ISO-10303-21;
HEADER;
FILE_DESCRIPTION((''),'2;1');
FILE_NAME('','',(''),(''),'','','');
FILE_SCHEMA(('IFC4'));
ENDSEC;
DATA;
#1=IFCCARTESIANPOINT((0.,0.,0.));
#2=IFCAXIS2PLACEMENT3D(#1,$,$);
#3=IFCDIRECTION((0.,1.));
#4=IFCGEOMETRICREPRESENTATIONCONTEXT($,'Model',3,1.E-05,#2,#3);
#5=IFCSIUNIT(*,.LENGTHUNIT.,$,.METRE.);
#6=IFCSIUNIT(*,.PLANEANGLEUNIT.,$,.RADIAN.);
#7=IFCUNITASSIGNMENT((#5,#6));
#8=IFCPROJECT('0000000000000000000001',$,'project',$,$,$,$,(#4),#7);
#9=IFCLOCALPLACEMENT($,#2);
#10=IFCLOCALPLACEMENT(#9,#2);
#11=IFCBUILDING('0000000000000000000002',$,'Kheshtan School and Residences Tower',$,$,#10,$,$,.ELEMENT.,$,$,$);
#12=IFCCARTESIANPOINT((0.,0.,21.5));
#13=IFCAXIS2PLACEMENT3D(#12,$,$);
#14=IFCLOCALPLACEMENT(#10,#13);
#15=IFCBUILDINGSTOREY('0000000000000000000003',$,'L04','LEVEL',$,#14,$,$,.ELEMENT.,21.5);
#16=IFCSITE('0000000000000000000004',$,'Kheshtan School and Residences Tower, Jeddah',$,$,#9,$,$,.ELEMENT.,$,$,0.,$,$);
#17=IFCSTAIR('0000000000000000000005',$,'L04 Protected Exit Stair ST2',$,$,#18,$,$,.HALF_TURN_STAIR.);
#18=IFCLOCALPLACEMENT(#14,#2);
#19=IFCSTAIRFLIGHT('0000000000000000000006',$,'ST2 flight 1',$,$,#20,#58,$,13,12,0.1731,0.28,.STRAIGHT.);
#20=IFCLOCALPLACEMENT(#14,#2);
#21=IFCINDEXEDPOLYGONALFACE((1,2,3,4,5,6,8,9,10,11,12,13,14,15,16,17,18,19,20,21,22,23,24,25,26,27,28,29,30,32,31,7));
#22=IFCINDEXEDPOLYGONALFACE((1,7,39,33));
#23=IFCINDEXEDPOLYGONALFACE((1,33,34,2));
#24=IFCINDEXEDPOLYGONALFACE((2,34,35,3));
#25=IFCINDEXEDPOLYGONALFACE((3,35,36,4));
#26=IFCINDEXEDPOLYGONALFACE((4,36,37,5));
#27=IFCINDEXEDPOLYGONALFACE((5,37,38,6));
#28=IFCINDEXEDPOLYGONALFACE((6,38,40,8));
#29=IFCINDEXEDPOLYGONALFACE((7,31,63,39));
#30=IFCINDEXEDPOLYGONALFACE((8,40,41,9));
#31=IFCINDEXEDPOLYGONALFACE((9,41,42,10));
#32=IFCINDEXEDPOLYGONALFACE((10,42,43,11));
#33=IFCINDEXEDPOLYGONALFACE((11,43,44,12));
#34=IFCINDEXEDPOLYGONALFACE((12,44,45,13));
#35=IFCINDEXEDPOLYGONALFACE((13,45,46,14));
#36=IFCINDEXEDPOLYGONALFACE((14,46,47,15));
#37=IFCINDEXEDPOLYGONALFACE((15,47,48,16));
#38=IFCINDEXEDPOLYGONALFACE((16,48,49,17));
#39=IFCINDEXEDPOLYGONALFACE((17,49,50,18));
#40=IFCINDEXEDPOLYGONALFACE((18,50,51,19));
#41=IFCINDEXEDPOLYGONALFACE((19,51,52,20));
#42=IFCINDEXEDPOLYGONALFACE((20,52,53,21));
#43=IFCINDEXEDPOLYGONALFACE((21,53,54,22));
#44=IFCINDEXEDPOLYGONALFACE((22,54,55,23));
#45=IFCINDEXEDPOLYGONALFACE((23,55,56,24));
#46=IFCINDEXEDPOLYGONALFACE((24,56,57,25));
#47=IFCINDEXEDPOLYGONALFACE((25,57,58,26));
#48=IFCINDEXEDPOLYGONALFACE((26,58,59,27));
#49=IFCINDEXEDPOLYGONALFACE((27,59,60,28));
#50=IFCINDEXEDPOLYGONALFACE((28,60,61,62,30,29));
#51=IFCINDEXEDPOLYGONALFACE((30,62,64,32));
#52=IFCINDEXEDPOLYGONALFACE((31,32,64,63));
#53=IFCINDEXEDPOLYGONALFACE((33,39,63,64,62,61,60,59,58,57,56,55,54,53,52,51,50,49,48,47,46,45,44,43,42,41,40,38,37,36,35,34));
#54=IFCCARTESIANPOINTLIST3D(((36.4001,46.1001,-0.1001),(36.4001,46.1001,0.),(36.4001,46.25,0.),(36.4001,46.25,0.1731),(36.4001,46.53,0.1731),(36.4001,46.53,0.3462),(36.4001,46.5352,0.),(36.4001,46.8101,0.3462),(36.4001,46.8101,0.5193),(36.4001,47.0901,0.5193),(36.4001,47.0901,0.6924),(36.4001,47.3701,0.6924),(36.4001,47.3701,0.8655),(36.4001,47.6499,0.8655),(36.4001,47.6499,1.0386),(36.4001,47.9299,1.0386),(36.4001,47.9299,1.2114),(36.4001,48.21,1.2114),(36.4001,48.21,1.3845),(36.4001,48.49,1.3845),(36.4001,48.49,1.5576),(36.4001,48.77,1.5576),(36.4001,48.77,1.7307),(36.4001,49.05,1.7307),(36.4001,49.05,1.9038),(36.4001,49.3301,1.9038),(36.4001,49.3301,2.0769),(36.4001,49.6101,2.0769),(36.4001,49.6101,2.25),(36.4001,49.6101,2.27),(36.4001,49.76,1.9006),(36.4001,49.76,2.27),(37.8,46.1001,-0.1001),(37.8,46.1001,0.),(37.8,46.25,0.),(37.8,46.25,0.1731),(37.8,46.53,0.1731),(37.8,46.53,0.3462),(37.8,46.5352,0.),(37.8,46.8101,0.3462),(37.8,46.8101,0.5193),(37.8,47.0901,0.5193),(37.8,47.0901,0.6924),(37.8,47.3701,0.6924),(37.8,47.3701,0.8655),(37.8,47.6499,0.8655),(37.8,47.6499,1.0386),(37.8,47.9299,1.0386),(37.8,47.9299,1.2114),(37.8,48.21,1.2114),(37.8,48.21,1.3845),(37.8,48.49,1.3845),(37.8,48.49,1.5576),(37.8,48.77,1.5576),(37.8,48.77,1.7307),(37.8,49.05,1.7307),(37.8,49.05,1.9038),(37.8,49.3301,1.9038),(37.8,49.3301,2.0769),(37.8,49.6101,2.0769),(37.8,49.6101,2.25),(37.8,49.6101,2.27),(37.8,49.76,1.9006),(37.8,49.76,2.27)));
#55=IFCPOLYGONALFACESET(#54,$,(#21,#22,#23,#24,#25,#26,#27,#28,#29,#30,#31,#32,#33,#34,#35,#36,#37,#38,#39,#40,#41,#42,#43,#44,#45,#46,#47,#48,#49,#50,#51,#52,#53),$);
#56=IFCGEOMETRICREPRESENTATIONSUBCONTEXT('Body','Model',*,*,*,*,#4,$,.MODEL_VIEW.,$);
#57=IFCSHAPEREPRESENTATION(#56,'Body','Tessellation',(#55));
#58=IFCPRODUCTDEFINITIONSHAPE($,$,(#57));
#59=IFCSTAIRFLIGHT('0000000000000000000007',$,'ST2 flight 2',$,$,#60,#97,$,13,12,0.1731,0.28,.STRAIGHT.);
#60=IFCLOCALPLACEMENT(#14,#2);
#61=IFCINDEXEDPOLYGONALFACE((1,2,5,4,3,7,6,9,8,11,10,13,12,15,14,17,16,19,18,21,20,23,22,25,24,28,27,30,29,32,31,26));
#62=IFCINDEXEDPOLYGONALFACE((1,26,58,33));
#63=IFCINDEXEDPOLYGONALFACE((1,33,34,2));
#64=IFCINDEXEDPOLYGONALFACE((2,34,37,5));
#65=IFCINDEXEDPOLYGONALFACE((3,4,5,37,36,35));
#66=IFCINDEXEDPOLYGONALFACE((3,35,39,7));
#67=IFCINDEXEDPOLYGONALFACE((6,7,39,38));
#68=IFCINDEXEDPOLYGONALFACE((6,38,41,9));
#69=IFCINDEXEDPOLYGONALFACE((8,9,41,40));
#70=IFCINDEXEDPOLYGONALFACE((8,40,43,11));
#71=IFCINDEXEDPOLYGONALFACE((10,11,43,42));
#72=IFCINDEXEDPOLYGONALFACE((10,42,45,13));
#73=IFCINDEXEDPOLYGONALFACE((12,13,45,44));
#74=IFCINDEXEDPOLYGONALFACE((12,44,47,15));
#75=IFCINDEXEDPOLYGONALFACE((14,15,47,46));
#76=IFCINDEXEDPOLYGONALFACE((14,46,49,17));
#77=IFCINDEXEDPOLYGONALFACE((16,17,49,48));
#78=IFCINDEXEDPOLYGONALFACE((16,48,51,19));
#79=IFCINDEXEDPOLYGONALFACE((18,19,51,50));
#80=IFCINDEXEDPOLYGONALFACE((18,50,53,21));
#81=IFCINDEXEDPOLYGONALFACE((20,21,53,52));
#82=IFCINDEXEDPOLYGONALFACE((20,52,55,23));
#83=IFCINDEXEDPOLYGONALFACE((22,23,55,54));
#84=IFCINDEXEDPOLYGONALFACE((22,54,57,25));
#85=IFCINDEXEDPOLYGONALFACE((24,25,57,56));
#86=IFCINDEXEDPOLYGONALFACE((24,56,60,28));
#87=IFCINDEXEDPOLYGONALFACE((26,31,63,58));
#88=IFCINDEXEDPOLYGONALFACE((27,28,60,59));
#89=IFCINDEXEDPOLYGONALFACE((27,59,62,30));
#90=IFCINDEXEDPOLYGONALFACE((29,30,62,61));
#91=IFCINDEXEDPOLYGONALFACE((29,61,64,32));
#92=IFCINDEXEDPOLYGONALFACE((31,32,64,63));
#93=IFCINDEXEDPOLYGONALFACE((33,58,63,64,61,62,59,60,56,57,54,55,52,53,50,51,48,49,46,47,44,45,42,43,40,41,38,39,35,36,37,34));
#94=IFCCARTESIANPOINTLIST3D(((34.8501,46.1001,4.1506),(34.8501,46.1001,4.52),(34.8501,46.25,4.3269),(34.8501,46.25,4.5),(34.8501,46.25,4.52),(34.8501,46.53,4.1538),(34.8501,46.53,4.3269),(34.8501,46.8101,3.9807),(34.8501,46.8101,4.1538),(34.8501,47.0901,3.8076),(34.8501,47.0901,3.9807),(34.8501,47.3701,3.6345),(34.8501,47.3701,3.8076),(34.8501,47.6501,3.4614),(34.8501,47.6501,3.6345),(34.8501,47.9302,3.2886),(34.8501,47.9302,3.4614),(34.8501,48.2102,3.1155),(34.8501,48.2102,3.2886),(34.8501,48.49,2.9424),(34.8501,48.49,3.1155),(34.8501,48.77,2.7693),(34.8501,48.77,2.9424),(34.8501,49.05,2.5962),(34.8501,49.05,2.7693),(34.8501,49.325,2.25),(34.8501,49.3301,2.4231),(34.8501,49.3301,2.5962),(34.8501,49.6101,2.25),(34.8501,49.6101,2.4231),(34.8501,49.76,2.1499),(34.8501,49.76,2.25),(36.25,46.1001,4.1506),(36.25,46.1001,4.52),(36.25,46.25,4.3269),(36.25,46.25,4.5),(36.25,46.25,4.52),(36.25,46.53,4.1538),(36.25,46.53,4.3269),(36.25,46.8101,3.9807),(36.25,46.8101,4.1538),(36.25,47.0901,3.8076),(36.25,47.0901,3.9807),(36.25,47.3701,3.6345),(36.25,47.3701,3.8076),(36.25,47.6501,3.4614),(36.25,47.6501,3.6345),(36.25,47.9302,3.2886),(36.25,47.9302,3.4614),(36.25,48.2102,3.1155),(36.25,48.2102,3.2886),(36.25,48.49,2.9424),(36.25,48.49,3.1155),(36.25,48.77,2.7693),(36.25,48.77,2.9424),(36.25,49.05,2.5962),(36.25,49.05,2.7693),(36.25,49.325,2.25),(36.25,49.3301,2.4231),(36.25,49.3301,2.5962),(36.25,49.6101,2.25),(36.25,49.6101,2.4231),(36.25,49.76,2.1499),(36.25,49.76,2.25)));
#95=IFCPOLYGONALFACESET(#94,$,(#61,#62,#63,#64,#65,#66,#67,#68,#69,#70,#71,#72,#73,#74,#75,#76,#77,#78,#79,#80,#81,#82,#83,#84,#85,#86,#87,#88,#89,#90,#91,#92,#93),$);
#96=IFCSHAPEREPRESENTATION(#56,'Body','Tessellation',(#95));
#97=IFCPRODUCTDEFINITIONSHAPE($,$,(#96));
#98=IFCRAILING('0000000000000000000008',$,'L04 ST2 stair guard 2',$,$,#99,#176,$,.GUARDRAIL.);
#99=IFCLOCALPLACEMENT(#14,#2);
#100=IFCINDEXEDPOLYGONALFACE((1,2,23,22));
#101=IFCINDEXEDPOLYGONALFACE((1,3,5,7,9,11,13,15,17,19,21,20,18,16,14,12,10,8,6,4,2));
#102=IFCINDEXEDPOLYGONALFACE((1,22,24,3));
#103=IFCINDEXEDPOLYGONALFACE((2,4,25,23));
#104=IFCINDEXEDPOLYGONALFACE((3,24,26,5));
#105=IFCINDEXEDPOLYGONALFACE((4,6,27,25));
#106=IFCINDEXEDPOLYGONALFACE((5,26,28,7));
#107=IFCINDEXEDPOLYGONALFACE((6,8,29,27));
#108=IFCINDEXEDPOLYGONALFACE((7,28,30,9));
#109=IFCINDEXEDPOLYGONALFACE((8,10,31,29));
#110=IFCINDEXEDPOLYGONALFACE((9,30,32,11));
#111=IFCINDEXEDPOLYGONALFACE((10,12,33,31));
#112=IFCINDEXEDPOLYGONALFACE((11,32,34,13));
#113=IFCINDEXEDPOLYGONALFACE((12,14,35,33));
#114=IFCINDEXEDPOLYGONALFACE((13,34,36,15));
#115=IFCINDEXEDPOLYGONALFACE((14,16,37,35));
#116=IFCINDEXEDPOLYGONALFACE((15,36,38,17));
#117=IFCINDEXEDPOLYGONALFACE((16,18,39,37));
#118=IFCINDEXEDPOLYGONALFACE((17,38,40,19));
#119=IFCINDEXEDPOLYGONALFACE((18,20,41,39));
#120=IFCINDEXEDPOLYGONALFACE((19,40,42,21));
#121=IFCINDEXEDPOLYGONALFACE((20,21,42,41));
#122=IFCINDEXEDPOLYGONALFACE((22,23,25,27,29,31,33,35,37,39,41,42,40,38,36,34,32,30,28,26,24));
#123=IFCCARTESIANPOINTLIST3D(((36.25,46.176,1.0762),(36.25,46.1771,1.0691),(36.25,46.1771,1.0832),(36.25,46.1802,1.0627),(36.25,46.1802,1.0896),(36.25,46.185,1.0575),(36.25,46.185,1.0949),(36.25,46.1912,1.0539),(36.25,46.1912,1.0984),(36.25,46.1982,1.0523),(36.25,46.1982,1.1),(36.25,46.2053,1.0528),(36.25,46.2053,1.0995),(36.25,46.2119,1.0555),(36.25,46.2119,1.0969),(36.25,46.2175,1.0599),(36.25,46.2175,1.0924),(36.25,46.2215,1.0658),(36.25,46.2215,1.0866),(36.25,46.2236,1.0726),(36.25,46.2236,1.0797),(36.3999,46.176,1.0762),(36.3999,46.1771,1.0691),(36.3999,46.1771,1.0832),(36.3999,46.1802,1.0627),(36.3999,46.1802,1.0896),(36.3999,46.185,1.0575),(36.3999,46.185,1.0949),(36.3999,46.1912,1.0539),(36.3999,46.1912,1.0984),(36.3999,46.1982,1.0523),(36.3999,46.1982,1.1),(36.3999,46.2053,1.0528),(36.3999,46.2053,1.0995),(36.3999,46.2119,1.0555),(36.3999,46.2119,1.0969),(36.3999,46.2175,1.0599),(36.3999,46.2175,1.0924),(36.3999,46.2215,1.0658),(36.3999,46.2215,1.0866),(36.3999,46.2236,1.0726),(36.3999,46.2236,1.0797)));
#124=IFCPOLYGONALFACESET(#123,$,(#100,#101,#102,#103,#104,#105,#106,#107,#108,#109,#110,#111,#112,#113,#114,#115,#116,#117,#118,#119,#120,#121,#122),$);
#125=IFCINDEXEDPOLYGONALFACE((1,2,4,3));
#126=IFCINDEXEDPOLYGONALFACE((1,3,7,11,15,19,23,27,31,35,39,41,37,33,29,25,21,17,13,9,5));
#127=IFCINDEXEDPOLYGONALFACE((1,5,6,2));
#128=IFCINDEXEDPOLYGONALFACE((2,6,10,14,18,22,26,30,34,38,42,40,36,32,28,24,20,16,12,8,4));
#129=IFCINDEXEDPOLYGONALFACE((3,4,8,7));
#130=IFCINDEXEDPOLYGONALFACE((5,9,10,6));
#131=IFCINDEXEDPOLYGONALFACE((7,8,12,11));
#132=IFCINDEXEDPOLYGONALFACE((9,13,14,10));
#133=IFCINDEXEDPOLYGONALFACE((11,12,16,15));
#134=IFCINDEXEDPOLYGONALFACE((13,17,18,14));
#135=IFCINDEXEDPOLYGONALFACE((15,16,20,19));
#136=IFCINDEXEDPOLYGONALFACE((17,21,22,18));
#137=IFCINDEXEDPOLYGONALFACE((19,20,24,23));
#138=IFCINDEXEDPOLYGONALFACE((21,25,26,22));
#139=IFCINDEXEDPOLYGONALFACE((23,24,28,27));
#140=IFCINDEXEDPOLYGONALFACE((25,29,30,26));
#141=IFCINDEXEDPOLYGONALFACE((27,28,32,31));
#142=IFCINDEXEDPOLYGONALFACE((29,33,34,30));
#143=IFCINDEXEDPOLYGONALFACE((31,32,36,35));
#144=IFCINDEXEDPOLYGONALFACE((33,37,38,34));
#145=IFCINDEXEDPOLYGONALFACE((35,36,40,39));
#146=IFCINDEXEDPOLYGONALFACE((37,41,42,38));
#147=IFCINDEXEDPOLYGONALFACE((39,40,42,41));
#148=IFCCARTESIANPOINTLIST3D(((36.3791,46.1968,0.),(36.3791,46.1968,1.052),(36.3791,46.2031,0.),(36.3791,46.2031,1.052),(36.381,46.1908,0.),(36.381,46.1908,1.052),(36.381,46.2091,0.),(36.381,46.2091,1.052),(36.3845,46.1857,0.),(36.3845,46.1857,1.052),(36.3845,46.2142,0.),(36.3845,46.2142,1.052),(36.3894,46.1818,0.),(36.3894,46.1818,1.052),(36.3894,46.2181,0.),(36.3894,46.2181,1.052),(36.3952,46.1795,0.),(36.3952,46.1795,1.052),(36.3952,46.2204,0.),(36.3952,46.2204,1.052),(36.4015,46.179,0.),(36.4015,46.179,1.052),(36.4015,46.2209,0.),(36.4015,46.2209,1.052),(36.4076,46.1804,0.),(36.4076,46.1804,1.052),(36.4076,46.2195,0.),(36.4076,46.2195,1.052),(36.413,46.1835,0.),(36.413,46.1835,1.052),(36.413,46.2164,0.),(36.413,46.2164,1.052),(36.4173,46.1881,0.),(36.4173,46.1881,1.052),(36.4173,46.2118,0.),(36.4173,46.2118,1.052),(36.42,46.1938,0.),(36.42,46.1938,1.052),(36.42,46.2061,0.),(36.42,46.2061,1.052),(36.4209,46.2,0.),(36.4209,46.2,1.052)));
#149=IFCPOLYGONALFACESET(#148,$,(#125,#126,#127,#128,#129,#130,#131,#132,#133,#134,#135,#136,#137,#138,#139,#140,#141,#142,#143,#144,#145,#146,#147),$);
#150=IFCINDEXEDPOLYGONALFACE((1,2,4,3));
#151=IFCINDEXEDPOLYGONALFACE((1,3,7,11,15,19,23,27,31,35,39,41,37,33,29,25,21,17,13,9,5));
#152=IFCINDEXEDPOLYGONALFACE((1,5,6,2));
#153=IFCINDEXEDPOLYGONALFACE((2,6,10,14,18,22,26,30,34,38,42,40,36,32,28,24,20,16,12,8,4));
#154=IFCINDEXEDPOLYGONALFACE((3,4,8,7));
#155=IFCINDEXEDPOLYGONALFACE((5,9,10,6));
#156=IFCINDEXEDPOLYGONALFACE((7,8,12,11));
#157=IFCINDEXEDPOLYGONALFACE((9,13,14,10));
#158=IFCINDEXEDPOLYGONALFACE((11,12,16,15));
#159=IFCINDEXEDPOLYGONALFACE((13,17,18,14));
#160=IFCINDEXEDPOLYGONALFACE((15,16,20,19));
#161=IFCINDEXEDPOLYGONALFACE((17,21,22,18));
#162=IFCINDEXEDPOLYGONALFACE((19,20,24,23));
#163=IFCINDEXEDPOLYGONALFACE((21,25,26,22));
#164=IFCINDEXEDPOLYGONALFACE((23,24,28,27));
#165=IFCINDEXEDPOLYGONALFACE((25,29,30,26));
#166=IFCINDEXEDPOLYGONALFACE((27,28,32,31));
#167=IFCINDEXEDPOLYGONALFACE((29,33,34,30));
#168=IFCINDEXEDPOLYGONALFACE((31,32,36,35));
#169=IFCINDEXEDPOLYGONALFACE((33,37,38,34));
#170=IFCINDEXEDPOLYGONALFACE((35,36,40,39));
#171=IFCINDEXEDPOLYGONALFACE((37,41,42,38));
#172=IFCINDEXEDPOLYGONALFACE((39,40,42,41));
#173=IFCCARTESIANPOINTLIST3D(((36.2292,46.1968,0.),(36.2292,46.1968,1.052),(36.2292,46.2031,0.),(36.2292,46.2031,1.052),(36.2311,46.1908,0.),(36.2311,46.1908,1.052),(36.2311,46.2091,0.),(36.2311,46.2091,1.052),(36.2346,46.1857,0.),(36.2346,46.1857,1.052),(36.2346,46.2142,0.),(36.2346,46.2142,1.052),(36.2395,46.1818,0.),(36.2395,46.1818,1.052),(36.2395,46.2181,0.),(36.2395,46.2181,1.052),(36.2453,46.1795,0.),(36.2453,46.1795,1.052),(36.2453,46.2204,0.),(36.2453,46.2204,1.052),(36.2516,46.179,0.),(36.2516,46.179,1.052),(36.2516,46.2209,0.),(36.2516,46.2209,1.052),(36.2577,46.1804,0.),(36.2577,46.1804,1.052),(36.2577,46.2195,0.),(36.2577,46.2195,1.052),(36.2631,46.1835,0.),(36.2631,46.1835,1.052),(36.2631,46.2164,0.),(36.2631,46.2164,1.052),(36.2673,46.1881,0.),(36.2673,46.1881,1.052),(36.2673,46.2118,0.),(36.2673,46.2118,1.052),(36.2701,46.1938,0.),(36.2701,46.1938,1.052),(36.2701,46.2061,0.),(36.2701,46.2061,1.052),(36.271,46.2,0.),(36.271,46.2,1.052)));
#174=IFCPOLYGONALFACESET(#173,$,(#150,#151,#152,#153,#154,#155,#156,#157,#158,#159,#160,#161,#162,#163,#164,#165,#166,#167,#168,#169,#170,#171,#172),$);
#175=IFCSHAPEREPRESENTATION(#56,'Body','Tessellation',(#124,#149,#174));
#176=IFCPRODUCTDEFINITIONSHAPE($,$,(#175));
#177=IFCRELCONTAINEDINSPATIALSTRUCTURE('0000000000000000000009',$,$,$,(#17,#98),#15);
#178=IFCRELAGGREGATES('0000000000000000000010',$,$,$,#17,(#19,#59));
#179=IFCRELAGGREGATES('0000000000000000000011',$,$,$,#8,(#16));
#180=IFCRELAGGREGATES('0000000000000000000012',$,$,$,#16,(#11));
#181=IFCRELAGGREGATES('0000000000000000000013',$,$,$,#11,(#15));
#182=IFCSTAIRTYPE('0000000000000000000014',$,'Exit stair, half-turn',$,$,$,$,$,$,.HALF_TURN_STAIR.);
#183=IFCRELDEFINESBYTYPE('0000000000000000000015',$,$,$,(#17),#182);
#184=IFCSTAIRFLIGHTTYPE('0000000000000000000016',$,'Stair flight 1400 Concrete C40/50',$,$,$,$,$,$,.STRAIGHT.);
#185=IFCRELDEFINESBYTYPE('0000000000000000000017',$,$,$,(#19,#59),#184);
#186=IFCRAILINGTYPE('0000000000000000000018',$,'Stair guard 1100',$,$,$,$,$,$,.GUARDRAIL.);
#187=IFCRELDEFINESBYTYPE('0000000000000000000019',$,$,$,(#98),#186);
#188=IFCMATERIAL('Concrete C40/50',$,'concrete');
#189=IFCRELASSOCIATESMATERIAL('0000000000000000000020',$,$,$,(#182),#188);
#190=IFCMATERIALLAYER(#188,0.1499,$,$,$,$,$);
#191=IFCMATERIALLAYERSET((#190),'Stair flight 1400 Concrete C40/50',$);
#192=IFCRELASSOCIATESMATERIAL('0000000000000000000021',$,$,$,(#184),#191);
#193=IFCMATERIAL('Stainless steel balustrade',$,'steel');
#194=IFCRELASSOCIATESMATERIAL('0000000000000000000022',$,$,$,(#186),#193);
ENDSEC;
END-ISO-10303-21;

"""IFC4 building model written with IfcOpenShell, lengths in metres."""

from ifc_helpers import new_model, si_unit, direction, frame, origin, origin_2d, place, context, subcontext, project, spatial, polyline, circle, outline, extrude, material, layer, layer_set, type_object, element, aggregate, save


model = new_model("IFC4")

# Units and contexts
model_context = context("Model", 3, precision=1e-05, world=origin(), true_north=direction((0.0, 1.0)))
body_context = subcontext(model_context, "Body", "Model", "MODEL_VIEW")
ifc_project = project(units=[si_unit("LENGTHUNIT", "METRE"), si_unit("PLANEANGLEUNIT", "RADIAN")], contexts=[model_context])

# Site, building, storey
site_placement = place(None, origin())
site = spatial("IfcSite", under=ifc_project, at=site_placement, Name="Kheshtan School and Residences Tower, Jeddah", CompositionType="ELEMENT", RefElevation=0.0)
building_placement = place(site_placement, origin())
building = spatial("IfcBuilding", under=site, at=building_placement, Name="Kheshtan School and Residences Tower", CompositionType="ELEMENT")
storey_placement = place(building_placement, frame((0.0, 0.0, 21.5)))
storey = spatial("IfcBuildingStorey", under=building, at=storey_placement, Name="L04", Description="LEVEL", CompositionType="ELEMENT", Elevation=21.5)

# Shared definitions
ifc_material_1 = material(Name="Concrete C40/50", Category="concrete")

# Stair, stair flights
stair_type = type_object("IfcStairType", Name="Exit stair, half-turn", PredefinedType="HALF_TURN_STAIR", material=ifc_material_1)
stair_placement = place(storey_placement, origin())
stair = element("IfcStair", 1, at=stair_placement, inside=storey, type_object=stair_type, Name="L04 Protected Exit Stair ST2", PredefinedType="HALF_TURN_STAIR")
ifc_layer_1 = layer(ifc_material_1, 0.1499)
ifc_layer_set_1 = layer_set([ifc_layer_1], Name="Stair flight 1400 Concrete C40/50")
stair_flight_type = type_object("IfcStairFlightType", Name="Stair flight 1400 Concrete C40/50", PredefinedType="STRAIGHT", material=ifc_layer_set_1)
stair_flight_1_placement = place(storey_placement, frame((37.1001, 46.25, 0.0), z_axis=(0.0, 0.0, 1.0), x_axis=(0.0, 1.0, 0.0)))
stair_flight_1 = element("IfcStairFlight", 2, at=stair_flight_1_placement, type_object=stair_flight_type, Name="ST2 flight 1", NumberOfRisers=13, NumberOfTreads=12, PredefinedType="STRAIGHT", RiserHeight=0.1731, TreadLength=0.28, context=body_context, shape_type="SweptSolid", body=[
    extrude(outline(polyline([(-0.1499, -0.1001), (-0.1499, 0.0), (0.0, 0.0), (0.0, 0.1731), (0.28, 0.1731), (0.28, 0.3462), (0.5601, 0.3462), (0.5601, 0.5193), (0.8401, 0.5193), (0.8401, 0.6924), (1.1201, 0.6924), (1.1201, 0.8655), (1.3999, 0.8655), (1.3999, 1.0386), (1.6799, 1.0386), (1.6799, 1.2114), (1.96, 1.2114), (1.96, 1.3845), (2.24, 1.3845), (2.24, 1.5576), (2.52, 1.5576), (2.52, 1.7307), (2.8, 1.7307), (2.8, 1.9038), (3.0801, 1.9038), (3.0801, 2.0769), (3.3601, 2.0769), (3.3601, 2.25), (3.3601, 2.27), (3.51, 2.27), (3.51, 1.9006), (0.2852, 0.0), (-0.1499, -0.1001)])), frame((0.0, 0.7, 0.0), z_axis=(0.0, -1.0, 0.0), x_axis=(1.0, 0.0, 0.0)), (0.0, 0.0, 1.0), 1.3999),
])
stair_flight_2_placement = place(storey_placement, frame((35.55, 49.6101, 2.25), z_axis=(0.0, 0.0, 1.0), x_axis=(0.0, -1.0, 0.0)))
stair_flight_2 = element("IfcStairFlight", 3, at=stair_flight_2_placement, type_object=stair_flight_type, Name="ST2 flight 2", NumberOfRisers=13, NumberOfTreads=12, PredefinedType="STRAIGHT", RiserHeight=0.1731, TreadLength=0.28, context=body_context, shape_type="SweptSolid", body=[
    extrude(outline(polyline([(-0.1499, -0.1001), (-0.1499, 0.0), (0.0, 0.0), (0.0, 0.1731), (0.28, 0.1731), (0.28, 0.3462), (0.5601, 0.3462), (0.5601, 0.5193), (0.8401, 0.5193), (0.8401, 0.6924), (1.1201, 0.6924), (1.1201, 0.8655), (1.3999, 0.8655), (1.3999, 1.0386), (1.6799, 1.0386), (1.6799, 1.2114), (1.96, 1.2114), (1.96, 1.3845), (2.24, 1.3845), (2.24, 1.5576), (2.52, 1.5576), (2.52, 1.7307), (2.8, 1.7307), (2.8, 1.9038), (3.0801, 1.9038), (3.0801, 2.0769), (3.3601, 2.0769), (3.3601, 2.25), (3.3601, 2.27), (3.51, 2.27), (3.51, 1.9006), (0.2852, 0.0), (-0.1499, -0.1001)])), frame((0.0, 0.7, 0.0), z_axis=(0.0, -1.0, 0.0), x_axis=(1.0, 0.0, 0.0)), (0.0, 0.0, 1.0), 1.3999),
])
aggregate(stair, [stair_flight_1, stair_flight_2])

# Railing
ifc_material_2 = material(Name="Stainless steel balustrade", Category="steel")
railing_type_1 = type_object("IfcRailingType", Name="Stair guard 1100", PredefinedType="GUARDRAIL", material=ifc_material_2)
railing_1_placement = place(storey_placement, frame((36.3999, 46.2, 0.0)))
element("IfcRailing", 4, at=railing_1_placement, inside=storey, type_object=railing_type_1, Name="L04 ST2 stair guard 2", PredefinedType="GUARDRAIL", context=body_context, shape_type="SweptSolid", body=[
    extrude(circle(Radius=0.0239, at=origin_2d()), frame((0.0, 0.0, 1.0762), z_axis=(-1.0, 0.0, 0.0), x_axis=(0.0, -1.0, 0.0)), (0.0, 0.0, 1.0), 0.1499),
    extrude(circle(Radius=0.021, at=origin_2d()), origin(), (0.0, 0.0, 1.0), 1.052),
    extrude(circle(Radius=0.021, at=origin_2d()), frame((-0.1499, 0.0, 0.0)), (0.0, 0.0, 1.0), 1.052),
])

save(model, "model.ifc")
